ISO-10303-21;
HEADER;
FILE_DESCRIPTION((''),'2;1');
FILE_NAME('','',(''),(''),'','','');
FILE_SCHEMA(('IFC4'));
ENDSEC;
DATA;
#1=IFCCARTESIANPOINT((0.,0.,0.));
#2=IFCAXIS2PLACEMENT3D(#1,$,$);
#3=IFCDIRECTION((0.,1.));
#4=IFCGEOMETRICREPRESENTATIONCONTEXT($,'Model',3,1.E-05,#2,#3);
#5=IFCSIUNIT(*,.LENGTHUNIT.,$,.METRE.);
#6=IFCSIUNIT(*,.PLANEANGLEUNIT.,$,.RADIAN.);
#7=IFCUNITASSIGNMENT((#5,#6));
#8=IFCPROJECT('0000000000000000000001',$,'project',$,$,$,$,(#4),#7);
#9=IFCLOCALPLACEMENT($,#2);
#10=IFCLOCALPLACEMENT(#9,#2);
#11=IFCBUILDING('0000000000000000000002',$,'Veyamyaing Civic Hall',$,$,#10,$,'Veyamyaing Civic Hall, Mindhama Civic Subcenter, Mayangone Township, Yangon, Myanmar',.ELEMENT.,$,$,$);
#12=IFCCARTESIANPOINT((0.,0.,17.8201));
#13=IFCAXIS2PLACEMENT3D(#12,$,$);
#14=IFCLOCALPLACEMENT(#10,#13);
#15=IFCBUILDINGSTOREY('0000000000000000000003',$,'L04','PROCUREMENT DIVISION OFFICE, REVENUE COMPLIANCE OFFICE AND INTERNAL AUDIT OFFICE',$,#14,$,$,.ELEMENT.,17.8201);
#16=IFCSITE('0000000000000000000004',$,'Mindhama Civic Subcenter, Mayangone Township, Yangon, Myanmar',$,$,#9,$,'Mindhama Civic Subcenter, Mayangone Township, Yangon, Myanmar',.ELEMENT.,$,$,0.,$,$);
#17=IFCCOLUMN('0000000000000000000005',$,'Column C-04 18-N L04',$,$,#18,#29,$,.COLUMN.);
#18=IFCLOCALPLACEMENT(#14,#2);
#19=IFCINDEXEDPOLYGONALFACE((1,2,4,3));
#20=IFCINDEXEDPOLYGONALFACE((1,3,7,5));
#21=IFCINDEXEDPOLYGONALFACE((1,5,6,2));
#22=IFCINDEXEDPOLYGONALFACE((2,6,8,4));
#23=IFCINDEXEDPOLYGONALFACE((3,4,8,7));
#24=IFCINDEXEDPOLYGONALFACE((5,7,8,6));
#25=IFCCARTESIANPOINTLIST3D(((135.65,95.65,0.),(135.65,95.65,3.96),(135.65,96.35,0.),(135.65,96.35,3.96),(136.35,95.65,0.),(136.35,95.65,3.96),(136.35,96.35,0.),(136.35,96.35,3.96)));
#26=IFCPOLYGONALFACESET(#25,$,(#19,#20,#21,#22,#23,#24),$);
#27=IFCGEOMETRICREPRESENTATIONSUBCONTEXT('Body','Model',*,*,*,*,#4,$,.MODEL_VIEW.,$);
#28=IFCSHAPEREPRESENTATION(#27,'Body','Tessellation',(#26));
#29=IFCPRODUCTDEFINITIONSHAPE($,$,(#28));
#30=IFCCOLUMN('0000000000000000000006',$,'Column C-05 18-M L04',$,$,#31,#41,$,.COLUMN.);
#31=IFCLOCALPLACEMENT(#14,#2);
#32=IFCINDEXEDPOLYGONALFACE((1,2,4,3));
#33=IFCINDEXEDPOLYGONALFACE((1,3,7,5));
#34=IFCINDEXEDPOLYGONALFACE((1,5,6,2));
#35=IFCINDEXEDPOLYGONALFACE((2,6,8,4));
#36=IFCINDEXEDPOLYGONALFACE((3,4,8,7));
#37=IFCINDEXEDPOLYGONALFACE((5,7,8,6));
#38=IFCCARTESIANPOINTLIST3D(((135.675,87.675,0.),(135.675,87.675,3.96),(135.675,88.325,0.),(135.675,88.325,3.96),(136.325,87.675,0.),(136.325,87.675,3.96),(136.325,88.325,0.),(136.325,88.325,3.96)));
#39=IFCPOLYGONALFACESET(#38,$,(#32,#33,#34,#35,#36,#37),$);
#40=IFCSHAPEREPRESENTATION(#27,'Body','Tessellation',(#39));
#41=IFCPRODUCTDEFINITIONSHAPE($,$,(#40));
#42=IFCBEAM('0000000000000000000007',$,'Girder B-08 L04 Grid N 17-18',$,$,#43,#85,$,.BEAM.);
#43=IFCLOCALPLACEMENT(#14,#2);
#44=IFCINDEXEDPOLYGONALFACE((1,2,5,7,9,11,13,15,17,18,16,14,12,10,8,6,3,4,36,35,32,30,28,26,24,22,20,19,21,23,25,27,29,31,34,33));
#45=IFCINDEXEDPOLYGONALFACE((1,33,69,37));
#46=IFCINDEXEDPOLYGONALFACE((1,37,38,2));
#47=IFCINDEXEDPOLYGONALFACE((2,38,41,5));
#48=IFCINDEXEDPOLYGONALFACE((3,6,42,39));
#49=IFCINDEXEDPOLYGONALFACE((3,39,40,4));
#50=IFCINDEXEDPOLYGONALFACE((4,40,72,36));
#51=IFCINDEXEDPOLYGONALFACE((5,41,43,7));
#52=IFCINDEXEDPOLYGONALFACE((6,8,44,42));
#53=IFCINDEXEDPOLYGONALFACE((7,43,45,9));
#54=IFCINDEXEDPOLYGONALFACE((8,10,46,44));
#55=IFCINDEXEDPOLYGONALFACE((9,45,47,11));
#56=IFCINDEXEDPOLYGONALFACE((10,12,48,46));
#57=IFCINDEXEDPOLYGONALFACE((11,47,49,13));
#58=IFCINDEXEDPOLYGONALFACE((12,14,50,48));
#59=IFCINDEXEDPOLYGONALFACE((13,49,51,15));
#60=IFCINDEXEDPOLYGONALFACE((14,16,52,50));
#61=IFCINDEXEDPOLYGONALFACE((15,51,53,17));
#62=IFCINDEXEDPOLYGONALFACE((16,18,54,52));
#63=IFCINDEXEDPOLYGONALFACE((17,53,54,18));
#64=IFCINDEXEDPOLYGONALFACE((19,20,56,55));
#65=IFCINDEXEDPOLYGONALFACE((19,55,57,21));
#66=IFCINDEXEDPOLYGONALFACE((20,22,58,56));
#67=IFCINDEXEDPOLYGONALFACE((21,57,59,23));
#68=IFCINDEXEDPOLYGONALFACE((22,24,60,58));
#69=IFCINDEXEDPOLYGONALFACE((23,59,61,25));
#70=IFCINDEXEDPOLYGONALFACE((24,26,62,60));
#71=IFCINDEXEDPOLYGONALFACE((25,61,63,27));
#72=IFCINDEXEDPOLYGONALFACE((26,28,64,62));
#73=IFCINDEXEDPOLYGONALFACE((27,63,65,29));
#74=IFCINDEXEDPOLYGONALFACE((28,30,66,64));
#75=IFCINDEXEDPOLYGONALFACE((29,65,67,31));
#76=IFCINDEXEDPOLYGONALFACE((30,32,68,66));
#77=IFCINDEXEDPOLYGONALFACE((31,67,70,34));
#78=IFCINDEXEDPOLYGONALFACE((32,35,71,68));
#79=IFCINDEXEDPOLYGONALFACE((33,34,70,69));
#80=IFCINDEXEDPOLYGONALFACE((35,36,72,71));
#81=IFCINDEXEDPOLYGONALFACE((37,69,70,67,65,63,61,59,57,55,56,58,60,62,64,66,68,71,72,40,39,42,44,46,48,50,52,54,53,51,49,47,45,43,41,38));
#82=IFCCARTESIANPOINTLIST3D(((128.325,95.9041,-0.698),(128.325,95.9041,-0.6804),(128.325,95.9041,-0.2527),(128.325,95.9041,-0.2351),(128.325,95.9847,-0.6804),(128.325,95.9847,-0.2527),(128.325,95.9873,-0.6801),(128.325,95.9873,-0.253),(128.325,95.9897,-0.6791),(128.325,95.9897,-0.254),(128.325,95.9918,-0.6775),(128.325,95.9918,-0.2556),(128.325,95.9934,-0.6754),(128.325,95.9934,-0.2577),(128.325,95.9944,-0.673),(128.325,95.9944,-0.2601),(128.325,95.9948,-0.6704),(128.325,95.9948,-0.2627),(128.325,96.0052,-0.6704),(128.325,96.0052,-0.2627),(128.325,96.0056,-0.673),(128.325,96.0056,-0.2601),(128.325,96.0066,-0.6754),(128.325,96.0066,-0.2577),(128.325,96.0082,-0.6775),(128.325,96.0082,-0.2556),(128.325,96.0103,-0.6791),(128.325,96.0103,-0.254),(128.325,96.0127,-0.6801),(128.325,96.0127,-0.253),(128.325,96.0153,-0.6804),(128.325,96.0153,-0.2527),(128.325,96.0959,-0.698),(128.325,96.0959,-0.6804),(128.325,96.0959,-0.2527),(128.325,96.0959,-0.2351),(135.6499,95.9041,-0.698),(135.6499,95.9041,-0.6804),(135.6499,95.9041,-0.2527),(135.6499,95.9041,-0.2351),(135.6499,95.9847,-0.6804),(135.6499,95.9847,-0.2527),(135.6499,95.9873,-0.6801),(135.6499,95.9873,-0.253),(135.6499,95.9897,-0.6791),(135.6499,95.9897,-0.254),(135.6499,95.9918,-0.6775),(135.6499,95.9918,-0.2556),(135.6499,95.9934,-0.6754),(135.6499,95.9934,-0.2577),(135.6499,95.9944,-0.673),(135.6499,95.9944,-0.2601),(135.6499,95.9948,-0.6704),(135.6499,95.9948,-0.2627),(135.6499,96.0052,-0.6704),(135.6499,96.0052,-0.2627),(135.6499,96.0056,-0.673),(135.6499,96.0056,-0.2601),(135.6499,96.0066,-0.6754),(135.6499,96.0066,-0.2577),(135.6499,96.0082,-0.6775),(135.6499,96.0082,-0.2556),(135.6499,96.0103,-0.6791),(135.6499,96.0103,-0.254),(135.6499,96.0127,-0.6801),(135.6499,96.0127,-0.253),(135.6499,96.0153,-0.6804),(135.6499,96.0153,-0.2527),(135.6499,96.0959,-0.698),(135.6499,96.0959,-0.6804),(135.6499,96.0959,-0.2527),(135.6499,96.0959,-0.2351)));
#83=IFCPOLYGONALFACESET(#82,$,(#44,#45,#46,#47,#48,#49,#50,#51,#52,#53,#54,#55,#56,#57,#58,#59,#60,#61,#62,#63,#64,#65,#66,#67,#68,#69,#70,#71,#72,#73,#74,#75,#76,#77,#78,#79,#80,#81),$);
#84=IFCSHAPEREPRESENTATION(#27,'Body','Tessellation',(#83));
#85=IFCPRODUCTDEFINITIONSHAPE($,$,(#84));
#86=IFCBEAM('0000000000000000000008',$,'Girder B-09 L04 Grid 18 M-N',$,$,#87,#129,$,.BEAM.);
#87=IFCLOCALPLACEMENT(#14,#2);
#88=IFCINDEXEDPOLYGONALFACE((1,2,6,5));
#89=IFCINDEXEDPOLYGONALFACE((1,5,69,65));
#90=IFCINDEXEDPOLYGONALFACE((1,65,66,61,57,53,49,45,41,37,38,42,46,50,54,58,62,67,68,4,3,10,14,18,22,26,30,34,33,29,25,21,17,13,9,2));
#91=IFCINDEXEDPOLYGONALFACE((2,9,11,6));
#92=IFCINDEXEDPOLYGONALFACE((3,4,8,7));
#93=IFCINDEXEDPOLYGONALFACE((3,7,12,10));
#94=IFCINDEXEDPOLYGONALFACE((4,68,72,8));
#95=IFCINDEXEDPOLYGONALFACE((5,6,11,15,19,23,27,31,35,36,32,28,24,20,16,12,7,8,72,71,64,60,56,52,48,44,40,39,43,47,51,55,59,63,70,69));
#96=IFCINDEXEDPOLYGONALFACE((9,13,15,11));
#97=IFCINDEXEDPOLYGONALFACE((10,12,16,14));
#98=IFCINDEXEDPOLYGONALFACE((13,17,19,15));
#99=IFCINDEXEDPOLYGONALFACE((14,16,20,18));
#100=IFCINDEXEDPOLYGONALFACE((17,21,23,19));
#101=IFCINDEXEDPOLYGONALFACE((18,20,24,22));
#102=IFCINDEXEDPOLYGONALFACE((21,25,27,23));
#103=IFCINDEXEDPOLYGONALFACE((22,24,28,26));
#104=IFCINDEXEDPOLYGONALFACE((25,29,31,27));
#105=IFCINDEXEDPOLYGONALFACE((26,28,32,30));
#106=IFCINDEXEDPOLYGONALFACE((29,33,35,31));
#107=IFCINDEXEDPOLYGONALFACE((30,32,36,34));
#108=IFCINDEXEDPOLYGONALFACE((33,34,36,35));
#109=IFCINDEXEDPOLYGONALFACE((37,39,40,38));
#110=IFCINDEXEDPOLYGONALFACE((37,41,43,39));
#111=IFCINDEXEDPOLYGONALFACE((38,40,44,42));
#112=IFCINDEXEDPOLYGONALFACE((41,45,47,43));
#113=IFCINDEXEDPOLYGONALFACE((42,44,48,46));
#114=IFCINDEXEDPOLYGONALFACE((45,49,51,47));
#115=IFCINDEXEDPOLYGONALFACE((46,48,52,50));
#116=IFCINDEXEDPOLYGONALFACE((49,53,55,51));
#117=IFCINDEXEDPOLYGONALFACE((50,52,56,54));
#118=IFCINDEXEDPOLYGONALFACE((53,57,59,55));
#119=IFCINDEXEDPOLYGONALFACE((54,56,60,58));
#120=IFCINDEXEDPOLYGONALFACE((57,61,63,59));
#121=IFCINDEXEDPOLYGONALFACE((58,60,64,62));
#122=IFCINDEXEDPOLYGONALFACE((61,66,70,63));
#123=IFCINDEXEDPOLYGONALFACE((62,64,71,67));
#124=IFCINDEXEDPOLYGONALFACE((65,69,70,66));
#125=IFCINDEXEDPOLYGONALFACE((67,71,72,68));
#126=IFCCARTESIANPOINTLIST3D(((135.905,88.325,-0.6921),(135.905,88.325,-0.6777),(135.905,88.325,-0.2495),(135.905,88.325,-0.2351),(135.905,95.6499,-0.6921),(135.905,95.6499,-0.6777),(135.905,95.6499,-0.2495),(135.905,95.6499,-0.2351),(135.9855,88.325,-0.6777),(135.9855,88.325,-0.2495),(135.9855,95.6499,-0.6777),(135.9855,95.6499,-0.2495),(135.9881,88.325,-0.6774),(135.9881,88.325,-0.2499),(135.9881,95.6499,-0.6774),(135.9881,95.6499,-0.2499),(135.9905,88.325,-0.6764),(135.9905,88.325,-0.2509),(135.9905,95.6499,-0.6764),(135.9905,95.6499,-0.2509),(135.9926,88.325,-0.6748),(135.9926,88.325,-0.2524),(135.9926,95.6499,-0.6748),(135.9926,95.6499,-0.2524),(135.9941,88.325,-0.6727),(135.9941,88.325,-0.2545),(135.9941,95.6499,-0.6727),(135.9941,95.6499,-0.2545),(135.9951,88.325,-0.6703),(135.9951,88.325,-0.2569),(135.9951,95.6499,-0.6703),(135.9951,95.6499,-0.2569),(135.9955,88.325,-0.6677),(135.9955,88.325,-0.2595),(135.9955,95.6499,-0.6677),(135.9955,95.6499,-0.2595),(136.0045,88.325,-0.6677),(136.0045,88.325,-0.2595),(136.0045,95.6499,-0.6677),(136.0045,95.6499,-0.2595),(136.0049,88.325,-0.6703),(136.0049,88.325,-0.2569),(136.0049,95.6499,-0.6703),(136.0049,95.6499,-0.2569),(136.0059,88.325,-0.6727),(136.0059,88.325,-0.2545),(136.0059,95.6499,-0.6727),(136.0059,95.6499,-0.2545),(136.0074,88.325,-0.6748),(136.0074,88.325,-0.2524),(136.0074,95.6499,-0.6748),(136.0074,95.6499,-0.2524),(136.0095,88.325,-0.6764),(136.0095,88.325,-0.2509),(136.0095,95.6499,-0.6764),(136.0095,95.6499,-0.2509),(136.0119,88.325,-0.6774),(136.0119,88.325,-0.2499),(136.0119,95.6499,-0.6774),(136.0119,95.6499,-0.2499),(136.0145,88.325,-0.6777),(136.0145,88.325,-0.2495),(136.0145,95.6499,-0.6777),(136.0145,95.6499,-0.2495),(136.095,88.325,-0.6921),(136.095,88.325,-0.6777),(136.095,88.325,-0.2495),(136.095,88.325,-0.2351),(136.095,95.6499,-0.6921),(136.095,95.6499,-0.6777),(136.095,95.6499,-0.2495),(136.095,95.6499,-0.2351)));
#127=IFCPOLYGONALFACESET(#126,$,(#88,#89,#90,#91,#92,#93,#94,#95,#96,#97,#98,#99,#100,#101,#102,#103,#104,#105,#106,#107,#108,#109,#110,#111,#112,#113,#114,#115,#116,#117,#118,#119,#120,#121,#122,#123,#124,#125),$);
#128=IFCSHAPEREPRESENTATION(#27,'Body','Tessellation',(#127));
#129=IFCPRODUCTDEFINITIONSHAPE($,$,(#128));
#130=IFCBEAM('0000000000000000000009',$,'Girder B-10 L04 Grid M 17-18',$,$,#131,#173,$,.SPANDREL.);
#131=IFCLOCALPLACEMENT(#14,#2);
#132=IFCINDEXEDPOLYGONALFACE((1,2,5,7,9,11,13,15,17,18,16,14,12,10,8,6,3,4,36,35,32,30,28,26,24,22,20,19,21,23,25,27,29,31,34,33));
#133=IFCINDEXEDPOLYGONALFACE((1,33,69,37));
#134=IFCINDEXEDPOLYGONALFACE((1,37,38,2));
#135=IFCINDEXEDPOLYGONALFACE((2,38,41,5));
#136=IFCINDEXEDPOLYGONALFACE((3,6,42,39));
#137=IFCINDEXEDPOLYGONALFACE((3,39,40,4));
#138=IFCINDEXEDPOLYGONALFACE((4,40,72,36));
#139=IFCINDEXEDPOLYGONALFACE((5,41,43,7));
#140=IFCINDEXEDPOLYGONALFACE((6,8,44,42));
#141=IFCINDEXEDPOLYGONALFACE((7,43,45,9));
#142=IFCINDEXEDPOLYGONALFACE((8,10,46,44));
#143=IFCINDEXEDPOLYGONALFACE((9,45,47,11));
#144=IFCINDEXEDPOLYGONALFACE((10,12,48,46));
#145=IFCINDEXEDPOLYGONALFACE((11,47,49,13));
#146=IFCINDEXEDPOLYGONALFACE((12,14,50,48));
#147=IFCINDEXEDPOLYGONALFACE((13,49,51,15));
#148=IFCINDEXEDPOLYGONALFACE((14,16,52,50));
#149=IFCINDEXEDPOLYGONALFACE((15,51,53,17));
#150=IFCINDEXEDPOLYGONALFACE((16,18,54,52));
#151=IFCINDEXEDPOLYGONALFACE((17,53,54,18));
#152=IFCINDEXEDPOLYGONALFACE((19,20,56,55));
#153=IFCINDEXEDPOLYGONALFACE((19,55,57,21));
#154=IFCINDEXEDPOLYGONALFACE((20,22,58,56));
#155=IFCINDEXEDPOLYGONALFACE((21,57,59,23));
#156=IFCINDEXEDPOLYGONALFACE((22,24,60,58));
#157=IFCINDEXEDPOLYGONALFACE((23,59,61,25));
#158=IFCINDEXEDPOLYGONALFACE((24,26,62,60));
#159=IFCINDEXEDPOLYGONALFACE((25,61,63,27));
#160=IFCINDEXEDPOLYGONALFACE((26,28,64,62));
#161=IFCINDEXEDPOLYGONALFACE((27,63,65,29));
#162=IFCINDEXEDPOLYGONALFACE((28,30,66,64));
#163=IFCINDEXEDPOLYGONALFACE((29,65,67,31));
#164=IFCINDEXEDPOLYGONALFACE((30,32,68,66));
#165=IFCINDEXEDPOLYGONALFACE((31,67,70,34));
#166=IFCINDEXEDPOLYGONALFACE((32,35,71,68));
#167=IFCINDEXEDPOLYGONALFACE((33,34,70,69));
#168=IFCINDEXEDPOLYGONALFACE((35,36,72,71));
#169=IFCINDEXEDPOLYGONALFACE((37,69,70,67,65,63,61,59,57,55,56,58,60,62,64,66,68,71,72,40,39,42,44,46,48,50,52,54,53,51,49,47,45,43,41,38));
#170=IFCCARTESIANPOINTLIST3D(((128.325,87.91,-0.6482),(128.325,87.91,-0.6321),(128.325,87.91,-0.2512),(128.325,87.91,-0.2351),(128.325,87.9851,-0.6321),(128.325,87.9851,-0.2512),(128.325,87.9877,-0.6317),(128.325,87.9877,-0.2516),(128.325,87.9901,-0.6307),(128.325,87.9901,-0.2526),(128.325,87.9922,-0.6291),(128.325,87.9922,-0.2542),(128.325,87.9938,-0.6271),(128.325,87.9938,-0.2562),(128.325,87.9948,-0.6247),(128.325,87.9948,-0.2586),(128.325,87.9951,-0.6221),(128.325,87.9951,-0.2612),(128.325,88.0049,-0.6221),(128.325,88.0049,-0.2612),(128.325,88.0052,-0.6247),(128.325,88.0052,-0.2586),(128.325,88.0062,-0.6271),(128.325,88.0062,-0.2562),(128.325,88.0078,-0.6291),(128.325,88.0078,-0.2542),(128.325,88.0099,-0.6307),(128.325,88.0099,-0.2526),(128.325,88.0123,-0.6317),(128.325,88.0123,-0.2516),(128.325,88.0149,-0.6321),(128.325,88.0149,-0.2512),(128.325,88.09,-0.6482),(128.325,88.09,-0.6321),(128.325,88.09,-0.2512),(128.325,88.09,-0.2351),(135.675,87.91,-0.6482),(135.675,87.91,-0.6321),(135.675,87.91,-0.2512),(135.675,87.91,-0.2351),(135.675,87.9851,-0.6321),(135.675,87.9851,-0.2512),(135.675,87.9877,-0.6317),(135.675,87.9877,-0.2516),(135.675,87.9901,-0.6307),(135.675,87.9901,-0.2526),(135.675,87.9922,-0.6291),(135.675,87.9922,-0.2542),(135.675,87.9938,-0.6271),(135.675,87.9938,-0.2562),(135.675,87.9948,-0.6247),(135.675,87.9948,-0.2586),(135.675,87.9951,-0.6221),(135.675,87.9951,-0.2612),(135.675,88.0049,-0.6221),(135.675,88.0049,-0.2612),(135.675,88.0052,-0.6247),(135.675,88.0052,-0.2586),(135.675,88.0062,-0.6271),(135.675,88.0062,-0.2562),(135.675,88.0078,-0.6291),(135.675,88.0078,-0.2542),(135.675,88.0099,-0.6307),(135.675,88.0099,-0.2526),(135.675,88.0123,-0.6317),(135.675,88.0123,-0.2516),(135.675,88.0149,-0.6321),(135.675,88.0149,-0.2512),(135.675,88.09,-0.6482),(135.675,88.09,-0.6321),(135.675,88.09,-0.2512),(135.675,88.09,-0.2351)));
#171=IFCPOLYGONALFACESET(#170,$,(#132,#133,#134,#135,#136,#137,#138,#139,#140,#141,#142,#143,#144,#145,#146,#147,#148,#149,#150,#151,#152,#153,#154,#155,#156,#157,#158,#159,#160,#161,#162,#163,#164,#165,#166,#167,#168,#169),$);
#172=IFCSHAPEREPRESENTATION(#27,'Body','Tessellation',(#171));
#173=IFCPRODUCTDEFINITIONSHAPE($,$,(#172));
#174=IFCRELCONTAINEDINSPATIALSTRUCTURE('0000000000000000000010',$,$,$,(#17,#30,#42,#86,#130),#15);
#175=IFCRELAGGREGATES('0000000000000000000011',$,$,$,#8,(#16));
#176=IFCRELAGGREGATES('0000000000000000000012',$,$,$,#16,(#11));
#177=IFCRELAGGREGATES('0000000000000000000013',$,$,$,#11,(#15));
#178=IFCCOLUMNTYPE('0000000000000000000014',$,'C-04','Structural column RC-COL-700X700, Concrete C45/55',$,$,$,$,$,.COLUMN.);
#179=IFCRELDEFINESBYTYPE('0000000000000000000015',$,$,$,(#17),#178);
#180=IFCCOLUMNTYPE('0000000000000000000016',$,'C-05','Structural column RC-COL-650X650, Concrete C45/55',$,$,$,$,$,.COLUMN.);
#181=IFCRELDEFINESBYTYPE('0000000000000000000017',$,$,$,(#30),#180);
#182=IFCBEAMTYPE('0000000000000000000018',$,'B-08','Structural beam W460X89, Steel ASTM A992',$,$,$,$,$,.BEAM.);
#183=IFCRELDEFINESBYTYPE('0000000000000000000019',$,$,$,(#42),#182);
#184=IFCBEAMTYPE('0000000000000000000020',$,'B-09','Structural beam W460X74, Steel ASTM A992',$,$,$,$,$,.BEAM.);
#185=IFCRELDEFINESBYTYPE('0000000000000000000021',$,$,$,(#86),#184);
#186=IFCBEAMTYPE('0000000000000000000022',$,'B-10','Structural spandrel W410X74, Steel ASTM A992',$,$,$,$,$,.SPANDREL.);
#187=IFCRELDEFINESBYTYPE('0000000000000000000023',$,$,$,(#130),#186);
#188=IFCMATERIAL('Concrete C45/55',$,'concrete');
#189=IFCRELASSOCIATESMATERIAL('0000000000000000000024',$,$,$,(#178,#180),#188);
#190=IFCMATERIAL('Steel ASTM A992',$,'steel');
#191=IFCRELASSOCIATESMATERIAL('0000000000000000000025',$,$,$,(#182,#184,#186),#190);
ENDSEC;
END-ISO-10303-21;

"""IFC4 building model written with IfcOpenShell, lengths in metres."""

from ifc_helpers import new_model, si_unit, direction, frame, origin, origin_2d, place, context, subcontext, project, spatial, rectangle, i_section, extrude, material, material_profile, profile_set, type_object, element, save


model = new_model("IFC4")

# Units and contexts
model_context = context("Model", 3, precision=1e-05, world=origin(), true_north=direction((0.0, 1.0)))
body_context = subcontext(model_context, "Body", "Model", "MODEL_VIEW")
ifc_project = project(units=[si_unit("LENGTHUNIT", "METRE"), si_unit("PLANEANGLEUNIT", "RADIAN")], contexts=[model_context])

# Site, building, storey
site_placement = place(None, origin())
site = spatial("IfcSite", under=ifc_project, at=site_placement, Name="Mindhama Civic Subcenter, Mayangone Township, Yangon, Myanmar", LongName="Mindhama Civic Subcenter, Mayangone Township, Yangon, Myanmar", CompositionType="ELEMENT", RefElevation=0.0)
building_placement = place(site_placement, origin())
building = spatial("IfcBuilding", under=site, at=building_placement, Name="Veyamyaing Civic Hall", LongName="Veyamyaing Civic Hall, Mindhama Civic Subcenter, Mayangone Township, Yangon, Myanmar", CompositionType="ELEMENT")
storey_placement = place(building_placement, frame((0.0, 0.0, 17.8201)))
storey = spatial("IfcBuildingStorey", under=building, at=storey_placement, Name="L04", Description="PROCUREMENT DIVISION OFFICE, REVENUE COMPLIANCE OFFICE AND INTERNAL AUDIT OFFICE", CompositionType="ELEMENT", Elevation=17.8201)

# Columns
ifc_material_1 = material(Name="Concrete C45/55", Category="concrete")
ifc_material_profile_1 = material_profile(ifc_material_1, rectangle(XDim=0.7, YDim=0.7, at=origin_2d()), Name="RC-COL-700X700")
ifc_profile_set_1 = profile_set([ifc_material_profile_1], Name="Concrete C45/55")
column_type_1 = type_object("IfcColumnType", Name="C-04", Description="Structural column RC-COL-700X700, Concrete C45/55", PredefinedType="COLUMN", material=ifc_profile_set_1)
column_1_placement = place(storey_placement, frame((136.0, 96.0, 0.0), z_axis=(0.0, 0.0, 1.0), x_axis=(1.0, 0.0, 0.0)))
element("IfcColumn", 1, at=column_1_placement, inside=storey, type_object=column_type_1, Name="Column C-04 18-N L04", PredefinedType="COLUMN", context=body_context, shape_type="SweptSolid", body=[
    extrude(rectangle(XDim=0.7, YDim=0.7, at=origin_2d()), origin(), (0.0, 0.0, 1.0), 3.96),
])
ifc_material_profile_2 = material_profile(ifc_material_1, rectangle(XDim=0.6499, YDim=0.6499, at=origin_2d()), Name="RC-COL-650X650")
ifc_profile_set_2 = profile_set([ifc_material_profile_2], Name="Concrete C45/55")
column_type_2 = type_object("IfcColumnType", Name="C-05", Description="Structural column RC-COL-650X650, Concrete C45/55", PredefinedType="COLUMN", material=ifc_profile_set_2)
column_2_placement = place(storey_placement, frame((136.0, 88.0, 0.0), z_axis=(0.0, 0.0, 1.0), x_axis=(1.0, 0.0, 0.0)))
element("IfcColumn", 2, at=column_2_placement, inside=storey, type_object=column_type_2, Name="Column C-05 18-M L04", PredefinedType="COLUMN", context=body_context, shape_type="SweptSolid", body=[
    extrude(rectangle(XDim=0.6499, YDim=0.6499, at=origin_2d()), origin(), (0.0, 0.0, 1.0), 3.96),
])

# Beams
ifc_material_2 = material(Name="Steel ASTM A992", Category="steel")
ifc_material_profile_3 = material_profile(ifc_material_2, i_section(OverallWidth=0.1919, OverallDepth=0.4629, WebThickness=0.0105, FlangeThickness=0.0176, FilletRadius=0.01, at=origin_2d()), Name="W460X89")
ifc_profile_set_3 = profile_set([ifc_material_profile_3], Name="Steel ASTM A992")
beam_type_1 = type_object("IfcBeamType", Name="B-08", Description="Structural beam W460X89, Steel ASTM A992", PredefinedType="BEAM", material=ifc_profile_set_3)
beam_1_placement = place(storey_placement, frame((128.325, 96.0, -0.4666), z_axis=(1.0, 0.0, 0.0), x_axis=(0.0, 1.0, 0.0)))
element("IfcBeam", 3, at=beam_1_placement, inside=storey, type_object=beam_type_1, Name="Girder B-08 L04 Grid N 17-18", PredefinedType="BEAM", context=body_context, shape_type="SweptSolid", body=[
    extrude(i_section(OverallWidth=0.1919, OverallDepth=0.4629, WebThickness=0.0105, FlangeThickness=0.0176, FilletRadius=0.01, at=origin_2d()), origin(), (0.0, 0.0, 1.0), 7.325),
])
ifc_material_profile_4 = material_profile(ifc_material_2, i_section(OverallWidth=0.1899, OverallDepth=0.457, WebThickness=0.009, FlangeThickness=0.0144, FilletRadius=0.01, at=origin_2d()), Name="W460X74")
ifc_profile_set_4 = profile_set([ifc_material_profile_4], Name="Steel ASTM A992")
beam_type_2 = type_object("IfcBeamType", Name="B-09", Description="Structural beam W460X74, Steel ASTM A992", PredefinedType="BEAM", material=ifc_profile_set_4)
beam_2_placement = place(storey_placement, frame((136.0, 88.325, -0.4636), z_axis=(0.0, 1.0, 0.0), x_axis=(-1.0, 0.0, 0.0)))
element("IfcBeam", 4, at=beam_2_placement, inside=storey, type_object=beam_type_2, Name="Girder B-09 L04 Grid 18 M-N", PredefinedType="BEAM", context=body_context, shape_type="SweptSolid", body=[
    extrude(i_section(OverallWidth=0.1899, OverallDepth=0.457, WebThickness=0.009, FlangeThickness=0.0144, FilletRadius=0.01, at=origin_2d()), origin(), (0.0, 0.0, 1.0), 7.325),
])
ifc_material_profile_5 = material_profile(ifc_material_2, i_section(OverallWidth=0.1799, OverallDepth=0.4131, WebThickness=0.0098, FlangeThickness=0.0161, FilletRadius=0.01, at=origin_2d()), Name="W410X74")
ifc_profile_set_5 = profile_set([ifc_material_profile_5], Name="Steel ASTM A992")
beam_type_3 = type_object("IfcBeamType", Name="B-10", Description="Structural spandrel W410X74, Steel ASTM A992", PredefinedType="SPANDREL", material=ifc_profile_set_5)
beam_3_placement = place(storey_placement, frame((128.325, 88.0, -0.4417), z_axis=(1.0, 0.0, 0.0), x_axis=(0.0, 1.0, 0.0)))
element("IfcBeam", 5, at=beam_3_placement, inside=storey, type_object=beam_type_3, Name="Girder B-10 L04 Grid M 17-18", PredefinedType="SPANDREL", context=body_context, shape_type="SweptSolid", body=[
    extrude(i_section(OverallWidth=0.1799, OverallDepth=0.4131, WebThickness=0.0098, FlangeThickness=0.0161, FilletRadius=0.01, at=origin_2d()), origin(), (0.0, 0.0, 1.0), 7.3501),
])

save(model, "model.ifc")
